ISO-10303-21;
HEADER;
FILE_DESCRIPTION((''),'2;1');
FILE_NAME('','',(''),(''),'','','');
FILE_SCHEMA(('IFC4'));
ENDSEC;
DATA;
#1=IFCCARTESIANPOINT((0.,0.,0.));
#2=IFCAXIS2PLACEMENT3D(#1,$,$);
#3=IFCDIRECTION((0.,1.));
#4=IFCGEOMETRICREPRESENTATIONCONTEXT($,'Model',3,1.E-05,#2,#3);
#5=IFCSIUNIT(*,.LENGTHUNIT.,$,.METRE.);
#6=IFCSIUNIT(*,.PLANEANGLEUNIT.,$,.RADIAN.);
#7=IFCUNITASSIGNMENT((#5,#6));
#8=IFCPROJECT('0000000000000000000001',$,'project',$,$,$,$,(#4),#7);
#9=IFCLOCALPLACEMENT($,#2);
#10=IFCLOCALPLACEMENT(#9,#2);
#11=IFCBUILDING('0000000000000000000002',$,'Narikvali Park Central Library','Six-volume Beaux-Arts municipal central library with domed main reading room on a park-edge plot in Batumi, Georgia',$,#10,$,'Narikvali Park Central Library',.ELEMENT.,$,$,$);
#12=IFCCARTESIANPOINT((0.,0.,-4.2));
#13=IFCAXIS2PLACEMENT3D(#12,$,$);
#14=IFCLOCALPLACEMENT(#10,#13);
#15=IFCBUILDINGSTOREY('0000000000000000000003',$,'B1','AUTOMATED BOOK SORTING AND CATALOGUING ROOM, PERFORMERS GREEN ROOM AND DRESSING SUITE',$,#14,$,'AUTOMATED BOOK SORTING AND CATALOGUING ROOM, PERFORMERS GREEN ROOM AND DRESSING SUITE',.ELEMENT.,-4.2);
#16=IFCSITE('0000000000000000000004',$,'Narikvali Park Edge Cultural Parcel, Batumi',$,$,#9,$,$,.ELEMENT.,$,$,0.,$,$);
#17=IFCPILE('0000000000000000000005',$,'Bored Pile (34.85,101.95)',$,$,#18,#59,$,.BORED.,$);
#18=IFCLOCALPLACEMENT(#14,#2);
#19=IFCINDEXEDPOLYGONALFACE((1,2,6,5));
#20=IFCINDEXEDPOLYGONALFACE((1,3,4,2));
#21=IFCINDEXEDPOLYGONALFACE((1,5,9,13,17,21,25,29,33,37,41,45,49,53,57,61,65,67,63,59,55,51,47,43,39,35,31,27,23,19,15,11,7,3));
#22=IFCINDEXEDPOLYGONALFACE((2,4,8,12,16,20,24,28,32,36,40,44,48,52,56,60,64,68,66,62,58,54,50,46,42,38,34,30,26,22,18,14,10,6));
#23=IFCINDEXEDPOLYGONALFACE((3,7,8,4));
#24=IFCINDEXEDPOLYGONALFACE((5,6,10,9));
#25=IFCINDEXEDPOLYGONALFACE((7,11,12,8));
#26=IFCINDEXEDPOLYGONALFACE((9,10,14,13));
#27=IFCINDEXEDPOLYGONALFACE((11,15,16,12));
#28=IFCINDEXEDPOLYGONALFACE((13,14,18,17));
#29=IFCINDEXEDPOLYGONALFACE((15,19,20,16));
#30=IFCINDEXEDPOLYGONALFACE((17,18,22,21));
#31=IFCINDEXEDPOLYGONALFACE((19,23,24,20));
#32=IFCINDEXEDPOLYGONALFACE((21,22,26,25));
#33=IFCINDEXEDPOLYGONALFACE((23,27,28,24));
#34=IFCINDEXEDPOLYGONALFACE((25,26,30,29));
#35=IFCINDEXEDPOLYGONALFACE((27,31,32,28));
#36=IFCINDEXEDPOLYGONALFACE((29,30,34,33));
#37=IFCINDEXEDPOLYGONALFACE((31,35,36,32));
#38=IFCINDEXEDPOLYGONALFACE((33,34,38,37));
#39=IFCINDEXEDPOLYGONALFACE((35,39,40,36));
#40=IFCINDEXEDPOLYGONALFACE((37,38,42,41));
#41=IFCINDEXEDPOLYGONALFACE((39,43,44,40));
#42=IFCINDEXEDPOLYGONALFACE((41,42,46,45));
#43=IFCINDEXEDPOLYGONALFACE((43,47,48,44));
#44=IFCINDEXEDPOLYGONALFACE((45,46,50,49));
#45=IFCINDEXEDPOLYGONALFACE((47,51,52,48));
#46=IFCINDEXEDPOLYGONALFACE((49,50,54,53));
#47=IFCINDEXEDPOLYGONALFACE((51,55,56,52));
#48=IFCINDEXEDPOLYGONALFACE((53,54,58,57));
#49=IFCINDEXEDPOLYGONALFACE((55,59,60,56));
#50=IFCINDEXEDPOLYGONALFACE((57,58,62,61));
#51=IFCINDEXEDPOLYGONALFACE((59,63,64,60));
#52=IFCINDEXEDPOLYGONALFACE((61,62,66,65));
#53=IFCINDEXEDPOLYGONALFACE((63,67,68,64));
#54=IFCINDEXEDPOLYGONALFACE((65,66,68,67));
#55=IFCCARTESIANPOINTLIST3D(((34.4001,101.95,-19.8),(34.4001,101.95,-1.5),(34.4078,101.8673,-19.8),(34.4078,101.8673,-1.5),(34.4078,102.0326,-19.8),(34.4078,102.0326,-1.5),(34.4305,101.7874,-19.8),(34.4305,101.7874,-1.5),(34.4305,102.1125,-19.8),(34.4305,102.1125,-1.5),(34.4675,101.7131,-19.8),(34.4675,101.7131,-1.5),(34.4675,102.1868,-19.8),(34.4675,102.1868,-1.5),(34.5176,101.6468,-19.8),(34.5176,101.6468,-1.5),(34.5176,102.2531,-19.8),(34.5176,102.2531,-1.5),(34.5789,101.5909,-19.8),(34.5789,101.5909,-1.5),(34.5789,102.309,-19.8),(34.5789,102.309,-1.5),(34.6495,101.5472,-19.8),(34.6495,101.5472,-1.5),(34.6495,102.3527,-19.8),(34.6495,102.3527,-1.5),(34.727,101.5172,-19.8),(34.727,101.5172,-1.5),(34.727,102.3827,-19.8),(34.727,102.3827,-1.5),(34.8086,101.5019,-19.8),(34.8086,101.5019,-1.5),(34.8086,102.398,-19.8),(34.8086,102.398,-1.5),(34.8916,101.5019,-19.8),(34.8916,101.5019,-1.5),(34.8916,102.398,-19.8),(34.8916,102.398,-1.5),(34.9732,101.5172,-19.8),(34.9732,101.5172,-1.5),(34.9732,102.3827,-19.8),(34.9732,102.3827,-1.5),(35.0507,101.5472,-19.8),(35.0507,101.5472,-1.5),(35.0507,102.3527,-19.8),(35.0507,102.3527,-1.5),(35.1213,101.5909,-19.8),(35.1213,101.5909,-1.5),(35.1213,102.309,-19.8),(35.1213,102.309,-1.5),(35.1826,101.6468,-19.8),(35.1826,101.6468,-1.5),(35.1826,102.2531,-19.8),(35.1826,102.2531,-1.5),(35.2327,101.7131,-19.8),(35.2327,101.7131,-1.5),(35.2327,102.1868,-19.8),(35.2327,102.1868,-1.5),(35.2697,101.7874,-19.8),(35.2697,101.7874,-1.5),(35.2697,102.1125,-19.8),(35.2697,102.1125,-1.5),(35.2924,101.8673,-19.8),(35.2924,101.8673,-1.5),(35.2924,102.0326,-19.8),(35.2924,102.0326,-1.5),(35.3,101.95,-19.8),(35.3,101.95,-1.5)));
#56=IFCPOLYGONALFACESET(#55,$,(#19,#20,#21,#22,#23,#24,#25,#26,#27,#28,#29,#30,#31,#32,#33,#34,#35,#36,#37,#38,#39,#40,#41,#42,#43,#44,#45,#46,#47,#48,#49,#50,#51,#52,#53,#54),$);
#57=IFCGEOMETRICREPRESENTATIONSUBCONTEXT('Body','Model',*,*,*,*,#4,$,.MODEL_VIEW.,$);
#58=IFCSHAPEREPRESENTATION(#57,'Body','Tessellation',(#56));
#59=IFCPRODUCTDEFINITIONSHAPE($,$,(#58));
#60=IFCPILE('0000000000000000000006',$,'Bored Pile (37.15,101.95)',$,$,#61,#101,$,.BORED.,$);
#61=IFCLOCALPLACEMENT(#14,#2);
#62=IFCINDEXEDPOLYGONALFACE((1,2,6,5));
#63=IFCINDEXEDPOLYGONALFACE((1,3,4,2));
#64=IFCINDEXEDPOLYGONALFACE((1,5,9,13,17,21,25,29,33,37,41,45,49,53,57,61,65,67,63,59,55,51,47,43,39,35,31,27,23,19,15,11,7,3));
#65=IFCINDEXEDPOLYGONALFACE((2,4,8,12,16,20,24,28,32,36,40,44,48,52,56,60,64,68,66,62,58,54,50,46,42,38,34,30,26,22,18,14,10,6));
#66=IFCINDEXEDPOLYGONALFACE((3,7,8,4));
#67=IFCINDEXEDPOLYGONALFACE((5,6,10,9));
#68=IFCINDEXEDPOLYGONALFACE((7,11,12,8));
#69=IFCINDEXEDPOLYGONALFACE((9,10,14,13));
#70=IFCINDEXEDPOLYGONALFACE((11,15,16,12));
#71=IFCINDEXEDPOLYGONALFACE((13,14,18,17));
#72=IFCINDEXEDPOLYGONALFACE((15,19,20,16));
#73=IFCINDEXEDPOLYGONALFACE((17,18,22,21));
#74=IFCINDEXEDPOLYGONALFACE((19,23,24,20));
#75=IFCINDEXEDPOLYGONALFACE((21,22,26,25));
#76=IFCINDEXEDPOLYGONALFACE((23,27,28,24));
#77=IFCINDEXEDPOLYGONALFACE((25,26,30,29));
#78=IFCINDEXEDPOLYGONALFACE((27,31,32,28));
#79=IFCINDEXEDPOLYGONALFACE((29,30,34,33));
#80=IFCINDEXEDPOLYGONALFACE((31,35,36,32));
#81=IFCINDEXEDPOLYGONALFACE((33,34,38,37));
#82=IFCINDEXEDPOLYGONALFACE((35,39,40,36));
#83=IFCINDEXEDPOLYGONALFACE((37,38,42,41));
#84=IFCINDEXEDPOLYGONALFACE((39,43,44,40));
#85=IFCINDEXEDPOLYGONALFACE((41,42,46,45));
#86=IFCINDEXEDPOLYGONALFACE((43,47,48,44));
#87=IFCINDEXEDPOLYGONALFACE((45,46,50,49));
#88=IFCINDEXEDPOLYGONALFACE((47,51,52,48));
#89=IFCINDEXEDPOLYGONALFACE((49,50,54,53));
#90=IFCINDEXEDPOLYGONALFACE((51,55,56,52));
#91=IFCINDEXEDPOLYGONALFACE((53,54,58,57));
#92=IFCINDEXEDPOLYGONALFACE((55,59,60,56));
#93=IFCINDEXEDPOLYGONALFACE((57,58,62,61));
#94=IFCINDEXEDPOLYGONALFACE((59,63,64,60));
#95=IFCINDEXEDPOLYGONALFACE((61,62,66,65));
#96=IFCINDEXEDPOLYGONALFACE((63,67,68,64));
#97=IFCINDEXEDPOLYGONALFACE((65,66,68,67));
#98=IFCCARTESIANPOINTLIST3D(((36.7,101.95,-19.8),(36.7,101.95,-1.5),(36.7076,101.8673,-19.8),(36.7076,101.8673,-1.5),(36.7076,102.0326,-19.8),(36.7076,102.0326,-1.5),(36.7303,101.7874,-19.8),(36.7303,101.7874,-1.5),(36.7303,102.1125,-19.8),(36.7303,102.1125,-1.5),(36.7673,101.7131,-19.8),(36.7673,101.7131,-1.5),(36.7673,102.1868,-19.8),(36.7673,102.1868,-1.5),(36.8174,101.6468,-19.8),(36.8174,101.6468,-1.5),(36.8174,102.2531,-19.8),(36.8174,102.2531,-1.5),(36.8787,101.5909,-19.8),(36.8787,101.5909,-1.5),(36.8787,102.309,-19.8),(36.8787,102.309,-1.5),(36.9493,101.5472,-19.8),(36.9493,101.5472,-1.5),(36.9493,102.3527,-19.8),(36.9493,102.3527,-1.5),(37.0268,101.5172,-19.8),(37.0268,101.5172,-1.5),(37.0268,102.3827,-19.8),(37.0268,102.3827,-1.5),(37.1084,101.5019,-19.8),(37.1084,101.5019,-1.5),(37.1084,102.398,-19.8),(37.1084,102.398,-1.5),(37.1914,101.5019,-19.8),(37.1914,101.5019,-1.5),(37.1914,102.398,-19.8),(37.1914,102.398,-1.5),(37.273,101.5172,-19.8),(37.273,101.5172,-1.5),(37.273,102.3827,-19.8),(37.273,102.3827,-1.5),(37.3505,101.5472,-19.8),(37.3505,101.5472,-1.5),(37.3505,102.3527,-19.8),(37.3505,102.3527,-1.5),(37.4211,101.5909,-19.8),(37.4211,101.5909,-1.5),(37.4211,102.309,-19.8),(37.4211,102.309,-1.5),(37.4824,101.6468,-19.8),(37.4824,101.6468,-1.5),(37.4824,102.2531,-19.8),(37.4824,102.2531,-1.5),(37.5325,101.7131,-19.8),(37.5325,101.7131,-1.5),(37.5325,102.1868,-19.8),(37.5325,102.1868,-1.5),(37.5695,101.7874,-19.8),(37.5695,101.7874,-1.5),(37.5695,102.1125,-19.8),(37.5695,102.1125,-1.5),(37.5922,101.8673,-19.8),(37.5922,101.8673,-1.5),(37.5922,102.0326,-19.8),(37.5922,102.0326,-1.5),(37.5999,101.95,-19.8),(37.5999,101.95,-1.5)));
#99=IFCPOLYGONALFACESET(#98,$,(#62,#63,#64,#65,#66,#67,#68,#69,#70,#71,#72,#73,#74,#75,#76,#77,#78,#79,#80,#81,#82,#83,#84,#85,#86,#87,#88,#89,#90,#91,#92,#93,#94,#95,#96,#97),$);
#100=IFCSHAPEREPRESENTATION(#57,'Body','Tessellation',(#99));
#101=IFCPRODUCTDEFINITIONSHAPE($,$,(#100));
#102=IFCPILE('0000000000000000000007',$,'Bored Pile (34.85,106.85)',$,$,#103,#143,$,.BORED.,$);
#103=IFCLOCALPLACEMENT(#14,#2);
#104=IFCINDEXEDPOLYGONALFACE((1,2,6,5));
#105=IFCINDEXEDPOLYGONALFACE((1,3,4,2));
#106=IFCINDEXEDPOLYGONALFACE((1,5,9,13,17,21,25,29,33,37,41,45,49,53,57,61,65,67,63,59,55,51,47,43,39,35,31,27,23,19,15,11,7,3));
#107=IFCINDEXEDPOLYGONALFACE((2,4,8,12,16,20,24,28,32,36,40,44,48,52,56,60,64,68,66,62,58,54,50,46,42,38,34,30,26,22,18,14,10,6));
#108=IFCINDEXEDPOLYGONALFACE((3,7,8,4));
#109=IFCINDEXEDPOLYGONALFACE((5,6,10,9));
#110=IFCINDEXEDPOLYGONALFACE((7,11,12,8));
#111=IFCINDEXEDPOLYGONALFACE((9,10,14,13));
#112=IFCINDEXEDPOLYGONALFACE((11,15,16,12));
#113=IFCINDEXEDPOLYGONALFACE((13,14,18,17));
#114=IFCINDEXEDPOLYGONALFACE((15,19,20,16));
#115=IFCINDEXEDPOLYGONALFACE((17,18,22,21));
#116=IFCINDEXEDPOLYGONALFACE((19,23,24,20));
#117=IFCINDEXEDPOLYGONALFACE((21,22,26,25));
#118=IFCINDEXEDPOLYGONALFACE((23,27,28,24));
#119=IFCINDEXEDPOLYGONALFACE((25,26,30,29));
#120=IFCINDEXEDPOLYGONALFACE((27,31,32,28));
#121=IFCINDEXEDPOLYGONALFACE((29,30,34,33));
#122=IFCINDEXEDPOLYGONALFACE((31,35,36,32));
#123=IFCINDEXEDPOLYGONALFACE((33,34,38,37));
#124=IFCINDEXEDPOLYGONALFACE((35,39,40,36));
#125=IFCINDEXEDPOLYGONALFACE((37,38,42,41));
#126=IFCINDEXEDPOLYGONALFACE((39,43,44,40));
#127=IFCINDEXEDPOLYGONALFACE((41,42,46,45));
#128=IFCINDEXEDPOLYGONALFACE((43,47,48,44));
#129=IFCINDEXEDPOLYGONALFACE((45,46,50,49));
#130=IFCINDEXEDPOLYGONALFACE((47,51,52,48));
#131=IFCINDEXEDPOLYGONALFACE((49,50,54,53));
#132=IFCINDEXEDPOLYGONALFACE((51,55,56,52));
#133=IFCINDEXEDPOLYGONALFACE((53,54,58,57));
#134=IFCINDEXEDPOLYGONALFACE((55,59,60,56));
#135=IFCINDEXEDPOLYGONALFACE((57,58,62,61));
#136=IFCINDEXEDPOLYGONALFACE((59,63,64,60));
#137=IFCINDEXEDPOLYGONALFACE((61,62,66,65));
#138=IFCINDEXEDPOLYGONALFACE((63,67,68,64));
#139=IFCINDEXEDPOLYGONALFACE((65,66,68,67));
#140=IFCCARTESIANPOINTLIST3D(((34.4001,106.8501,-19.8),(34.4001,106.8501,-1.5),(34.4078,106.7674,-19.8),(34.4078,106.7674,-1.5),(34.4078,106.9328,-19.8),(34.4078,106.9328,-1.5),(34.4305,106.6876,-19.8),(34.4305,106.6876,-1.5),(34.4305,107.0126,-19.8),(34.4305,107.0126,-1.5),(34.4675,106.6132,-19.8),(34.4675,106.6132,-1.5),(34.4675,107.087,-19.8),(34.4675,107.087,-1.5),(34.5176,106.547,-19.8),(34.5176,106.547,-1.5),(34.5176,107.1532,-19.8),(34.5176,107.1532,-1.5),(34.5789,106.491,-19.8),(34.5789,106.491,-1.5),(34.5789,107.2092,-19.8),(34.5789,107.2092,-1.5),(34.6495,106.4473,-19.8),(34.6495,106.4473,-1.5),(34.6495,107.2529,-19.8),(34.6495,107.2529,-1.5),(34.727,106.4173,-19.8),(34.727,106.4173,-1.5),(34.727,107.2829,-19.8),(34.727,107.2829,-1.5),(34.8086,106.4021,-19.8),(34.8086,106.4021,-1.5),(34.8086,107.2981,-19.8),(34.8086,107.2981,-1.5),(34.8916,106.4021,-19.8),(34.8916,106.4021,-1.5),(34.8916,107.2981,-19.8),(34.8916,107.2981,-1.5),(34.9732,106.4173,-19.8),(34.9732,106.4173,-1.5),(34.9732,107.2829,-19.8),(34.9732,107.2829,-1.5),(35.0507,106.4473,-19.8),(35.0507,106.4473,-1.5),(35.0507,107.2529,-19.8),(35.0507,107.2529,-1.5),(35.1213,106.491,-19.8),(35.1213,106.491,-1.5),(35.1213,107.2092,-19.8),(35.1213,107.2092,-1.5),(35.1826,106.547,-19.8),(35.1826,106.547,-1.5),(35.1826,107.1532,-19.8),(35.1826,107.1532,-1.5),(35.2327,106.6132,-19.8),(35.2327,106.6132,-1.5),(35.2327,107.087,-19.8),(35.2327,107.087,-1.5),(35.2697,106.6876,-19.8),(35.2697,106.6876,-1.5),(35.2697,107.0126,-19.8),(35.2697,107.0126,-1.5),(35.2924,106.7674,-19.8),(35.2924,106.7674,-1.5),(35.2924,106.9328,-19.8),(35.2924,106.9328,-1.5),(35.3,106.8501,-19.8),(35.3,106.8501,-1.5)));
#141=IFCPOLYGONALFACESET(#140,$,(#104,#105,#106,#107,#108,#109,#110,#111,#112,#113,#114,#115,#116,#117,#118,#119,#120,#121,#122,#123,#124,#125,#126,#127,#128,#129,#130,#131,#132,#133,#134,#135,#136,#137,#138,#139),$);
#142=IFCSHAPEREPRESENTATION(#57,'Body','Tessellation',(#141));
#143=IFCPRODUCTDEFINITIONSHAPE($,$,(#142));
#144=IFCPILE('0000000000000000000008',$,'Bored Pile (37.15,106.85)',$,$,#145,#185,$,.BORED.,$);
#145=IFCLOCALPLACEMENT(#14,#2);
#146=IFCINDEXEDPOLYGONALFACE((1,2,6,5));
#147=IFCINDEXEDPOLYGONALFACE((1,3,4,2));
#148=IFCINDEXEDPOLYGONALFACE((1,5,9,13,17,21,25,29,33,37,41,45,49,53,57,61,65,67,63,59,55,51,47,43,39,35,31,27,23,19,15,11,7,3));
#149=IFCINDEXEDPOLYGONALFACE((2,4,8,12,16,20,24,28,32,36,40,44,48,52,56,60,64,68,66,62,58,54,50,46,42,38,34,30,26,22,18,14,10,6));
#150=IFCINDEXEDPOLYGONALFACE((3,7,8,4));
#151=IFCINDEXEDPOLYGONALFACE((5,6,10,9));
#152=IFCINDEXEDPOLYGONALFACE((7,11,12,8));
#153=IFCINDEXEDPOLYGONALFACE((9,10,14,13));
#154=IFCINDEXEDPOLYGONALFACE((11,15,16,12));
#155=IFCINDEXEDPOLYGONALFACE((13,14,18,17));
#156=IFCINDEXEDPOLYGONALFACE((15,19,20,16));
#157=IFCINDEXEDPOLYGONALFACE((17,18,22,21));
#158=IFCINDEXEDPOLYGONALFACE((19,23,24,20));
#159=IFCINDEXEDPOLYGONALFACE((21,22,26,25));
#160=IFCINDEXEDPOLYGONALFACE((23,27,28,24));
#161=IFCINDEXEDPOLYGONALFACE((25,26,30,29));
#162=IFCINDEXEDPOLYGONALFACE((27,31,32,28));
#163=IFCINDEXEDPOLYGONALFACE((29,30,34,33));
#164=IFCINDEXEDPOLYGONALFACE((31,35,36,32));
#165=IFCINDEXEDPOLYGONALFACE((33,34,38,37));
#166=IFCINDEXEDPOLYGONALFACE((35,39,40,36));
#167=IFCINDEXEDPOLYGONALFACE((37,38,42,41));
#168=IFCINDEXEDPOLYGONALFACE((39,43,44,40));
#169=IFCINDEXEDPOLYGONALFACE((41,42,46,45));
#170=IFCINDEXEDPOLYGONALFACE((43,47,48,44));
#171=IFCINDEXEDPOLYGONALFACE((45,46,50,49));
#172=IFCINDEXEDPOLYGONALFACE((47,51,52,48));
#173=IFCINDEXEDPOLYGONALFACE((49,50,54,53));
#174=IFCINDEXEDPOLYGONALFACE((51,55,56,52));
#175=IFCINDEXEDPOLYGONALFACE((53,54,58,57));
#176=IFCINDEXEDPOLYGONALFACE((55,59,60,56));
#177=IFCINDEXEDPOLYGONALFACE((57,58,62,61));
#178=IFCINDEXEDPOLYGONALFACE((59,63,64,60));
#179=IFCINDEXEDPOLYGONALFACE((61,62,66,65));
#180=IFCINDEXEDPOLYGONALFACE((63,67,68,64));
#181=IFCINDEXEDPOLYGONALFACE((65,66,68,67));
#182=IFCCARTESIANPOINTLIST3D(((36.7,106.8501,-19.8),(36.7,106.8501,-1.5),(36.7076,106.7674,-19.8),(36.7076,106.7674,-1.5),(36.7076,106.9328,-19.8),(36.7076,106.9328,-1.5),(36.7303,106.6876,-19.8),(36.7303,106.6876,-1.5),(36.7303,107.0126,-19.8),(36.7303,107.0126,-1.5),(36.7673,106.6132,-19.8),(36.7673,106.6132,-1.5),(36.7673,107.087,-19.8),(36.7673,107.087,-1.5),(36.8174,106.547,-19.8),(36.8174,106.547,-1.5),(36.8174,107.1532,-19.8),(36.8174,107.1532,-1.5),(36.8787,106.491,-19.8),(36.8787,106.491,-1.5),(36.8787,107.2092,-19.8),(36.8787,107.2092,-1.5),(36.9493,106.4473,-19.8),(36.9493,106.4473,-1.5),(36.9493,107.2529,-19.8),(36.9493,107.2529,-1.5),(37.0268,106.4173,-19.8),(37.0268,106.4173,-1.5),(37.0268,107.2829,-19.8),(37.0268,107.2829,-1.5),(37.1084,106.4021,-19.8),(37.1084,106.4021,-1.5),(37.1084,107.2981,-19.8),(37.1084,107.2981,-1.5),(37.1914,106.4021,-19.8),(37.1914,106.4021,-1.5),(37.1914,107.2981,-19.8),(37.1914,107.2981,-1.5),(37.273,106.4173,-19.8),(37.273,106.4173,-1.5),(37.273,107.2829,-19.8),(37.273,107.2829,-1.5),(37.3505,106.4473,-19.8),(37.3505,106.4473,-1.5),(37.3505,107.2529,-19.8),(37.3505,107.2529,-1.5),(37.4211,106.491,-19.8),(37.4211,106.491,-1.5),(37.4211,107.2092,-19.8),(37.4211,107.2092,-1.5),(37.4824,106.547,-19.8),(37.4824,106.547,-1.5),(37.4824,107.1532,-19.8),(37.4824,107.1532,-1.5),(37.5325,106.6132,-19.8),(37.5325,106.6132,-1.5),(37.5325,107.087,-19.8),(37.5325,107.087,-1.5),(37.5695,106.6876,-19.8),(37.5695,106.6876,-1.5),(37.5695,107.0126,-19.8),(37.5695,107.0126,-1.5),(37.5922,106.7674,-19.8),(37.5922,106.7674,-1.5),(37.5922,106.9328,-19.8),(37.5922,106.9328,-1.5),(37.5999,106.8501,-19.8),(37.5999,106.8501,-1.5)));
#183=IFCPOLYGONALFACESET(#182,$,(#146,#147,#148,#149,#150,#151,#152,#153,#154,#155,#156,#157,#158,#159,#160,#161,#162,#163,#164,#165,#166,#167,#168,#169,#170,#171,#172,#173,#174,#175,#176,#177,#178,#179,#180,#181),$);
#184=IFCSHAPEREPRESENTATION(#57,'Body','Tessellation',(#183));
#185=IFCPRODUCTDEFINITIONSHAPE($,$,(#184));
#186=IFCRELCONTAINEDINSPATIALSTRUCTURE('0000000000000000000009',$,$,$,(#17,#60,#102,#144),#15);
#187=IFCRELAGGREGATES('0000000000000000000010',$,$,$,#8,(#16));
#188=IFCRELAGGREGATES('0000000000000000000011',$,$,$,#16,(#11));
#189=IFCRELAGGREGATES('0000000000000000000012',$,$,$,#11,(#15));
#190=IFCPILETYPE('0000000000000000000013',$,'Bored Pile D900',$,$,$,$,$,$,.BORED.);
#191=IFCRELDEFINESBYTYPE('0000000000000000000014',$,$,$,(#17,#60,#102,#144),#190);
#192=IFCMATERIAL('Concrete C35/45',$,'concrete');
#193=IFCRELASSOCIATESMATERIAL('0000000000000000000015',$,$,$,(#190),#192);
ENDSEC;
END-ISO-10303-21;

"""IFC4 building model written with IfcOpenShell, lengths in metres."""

from ifc_helpers import new_model, si_unit, direction, frame, origin, origin_2d, place, context, subcontext, project, spatial, circle, extrude, material, material_profile, profile_set, type_object, element, save


model = new_model("IFC4")

# Units and contexts
model_context = context("Model", 3, precision=1e-05, world=origin(), true_north=direction((0.0, 1.0)))
body_context = subcontext(model_context, "Body", "Model", "MODEL_VIEW")
ifc_project = project(units=[si_unit("LENGTHUNIT", "METRE"), si_unit("PLANEANGLEUNIT", "RADIAN")], contexts=[model_context])

# Site, building, storey
site_placement = place(None, origin())
site = spatial("IfcSite", under=ifc_project, at=site_placement, Name="Narikvali Park Edge Cultural Parcel, Batumi", CompositionType="ELEMENT", RefElevation=0.0)
building_placement = place(site_placement, origin())
building = spatial("IfcBuilding", under=site, at=building_placement, Name="Narikvali Park Central Library", Description="Six-volume Beaux-Arts municipal central library with domed main reading room on a park-edge plot in Batumi, Georgia", LongName="Narikvali Park Central Library", CompositionType="ELEMENT")
storey_placement = place(building_placement, frame((0.0, 0.0, -4.2)))
storey = spatial("IfcBuildingStorey", under=building, at=storey_placement, Name="B1", Description="AUTOMATED BOOK SORTING AND CATALOGUING ROOM, PERFORMERS GREEN ROOM AND DRESSING SUITE", LongName="AUTOMATED BOOK SORTING AND CATALOGUING ROOM, PERFORMERS GREEN ROOM AND DRESSING SUITE", CompositionType="ELEMENT", Elevation=-4.2)

# Piles
ifc_material_1 = material(Name="Concrete C35/45", Category="concrete")
ifc_material_profile_1 = material_profile(ifc_material_1, circle(Radius=0.45, at=origin_2d()), Name="PILE D900")
ifc_profile_set_1 = profile_set([ifc_material_profile_1], Name="Concrete C35/45")
pile_type = type_object("IfcPileType", Name="Bored Pile D900", PredefinedType="BORED", material=ifc_profile_set_1)
for number, where, z_axis, x_axis, name in (
    (1, (34.8501, 101.95, -1.5), (0.0, 0.0, -1.0), (1.0, 0.0, 0.0), "Bored Pile (34.85,101.95)"),
    (2, (37.1499, 101.95, -1.5), (0.0, 0.0, -1.0), (1.0, 0.0, 0.0), "Bored Pile (37.15,101.95)"),
    (3, (34.8501, 106.8501, -1.5), (0.0, 0.0, -1.0), (1.0, 0.0, 0.0), "Bored Pile (34.85,106.85)"),
    (4, (37.1499, 106.8501, -1.5), (0.0, 0.0, -1.0), (1.0, 0.0, 0.0), "Bored Pile (37.15,106.85)"),
):
    element("IfcPile", number, at=place(storey_placement, frame(where, z_axis=z_axis, x_axis=x_axis)), inside=storey, type_object=pile_type, Name=name, PredefinedType="BORED", context=body_context, shape_type="SweptSolid", body=[
        extrude(circle(Radius=0.45, at=origin_2d()), origin(), (0.0, 0.0, 1.0), 18.3),
    ])

save(model, "model.ifc")
